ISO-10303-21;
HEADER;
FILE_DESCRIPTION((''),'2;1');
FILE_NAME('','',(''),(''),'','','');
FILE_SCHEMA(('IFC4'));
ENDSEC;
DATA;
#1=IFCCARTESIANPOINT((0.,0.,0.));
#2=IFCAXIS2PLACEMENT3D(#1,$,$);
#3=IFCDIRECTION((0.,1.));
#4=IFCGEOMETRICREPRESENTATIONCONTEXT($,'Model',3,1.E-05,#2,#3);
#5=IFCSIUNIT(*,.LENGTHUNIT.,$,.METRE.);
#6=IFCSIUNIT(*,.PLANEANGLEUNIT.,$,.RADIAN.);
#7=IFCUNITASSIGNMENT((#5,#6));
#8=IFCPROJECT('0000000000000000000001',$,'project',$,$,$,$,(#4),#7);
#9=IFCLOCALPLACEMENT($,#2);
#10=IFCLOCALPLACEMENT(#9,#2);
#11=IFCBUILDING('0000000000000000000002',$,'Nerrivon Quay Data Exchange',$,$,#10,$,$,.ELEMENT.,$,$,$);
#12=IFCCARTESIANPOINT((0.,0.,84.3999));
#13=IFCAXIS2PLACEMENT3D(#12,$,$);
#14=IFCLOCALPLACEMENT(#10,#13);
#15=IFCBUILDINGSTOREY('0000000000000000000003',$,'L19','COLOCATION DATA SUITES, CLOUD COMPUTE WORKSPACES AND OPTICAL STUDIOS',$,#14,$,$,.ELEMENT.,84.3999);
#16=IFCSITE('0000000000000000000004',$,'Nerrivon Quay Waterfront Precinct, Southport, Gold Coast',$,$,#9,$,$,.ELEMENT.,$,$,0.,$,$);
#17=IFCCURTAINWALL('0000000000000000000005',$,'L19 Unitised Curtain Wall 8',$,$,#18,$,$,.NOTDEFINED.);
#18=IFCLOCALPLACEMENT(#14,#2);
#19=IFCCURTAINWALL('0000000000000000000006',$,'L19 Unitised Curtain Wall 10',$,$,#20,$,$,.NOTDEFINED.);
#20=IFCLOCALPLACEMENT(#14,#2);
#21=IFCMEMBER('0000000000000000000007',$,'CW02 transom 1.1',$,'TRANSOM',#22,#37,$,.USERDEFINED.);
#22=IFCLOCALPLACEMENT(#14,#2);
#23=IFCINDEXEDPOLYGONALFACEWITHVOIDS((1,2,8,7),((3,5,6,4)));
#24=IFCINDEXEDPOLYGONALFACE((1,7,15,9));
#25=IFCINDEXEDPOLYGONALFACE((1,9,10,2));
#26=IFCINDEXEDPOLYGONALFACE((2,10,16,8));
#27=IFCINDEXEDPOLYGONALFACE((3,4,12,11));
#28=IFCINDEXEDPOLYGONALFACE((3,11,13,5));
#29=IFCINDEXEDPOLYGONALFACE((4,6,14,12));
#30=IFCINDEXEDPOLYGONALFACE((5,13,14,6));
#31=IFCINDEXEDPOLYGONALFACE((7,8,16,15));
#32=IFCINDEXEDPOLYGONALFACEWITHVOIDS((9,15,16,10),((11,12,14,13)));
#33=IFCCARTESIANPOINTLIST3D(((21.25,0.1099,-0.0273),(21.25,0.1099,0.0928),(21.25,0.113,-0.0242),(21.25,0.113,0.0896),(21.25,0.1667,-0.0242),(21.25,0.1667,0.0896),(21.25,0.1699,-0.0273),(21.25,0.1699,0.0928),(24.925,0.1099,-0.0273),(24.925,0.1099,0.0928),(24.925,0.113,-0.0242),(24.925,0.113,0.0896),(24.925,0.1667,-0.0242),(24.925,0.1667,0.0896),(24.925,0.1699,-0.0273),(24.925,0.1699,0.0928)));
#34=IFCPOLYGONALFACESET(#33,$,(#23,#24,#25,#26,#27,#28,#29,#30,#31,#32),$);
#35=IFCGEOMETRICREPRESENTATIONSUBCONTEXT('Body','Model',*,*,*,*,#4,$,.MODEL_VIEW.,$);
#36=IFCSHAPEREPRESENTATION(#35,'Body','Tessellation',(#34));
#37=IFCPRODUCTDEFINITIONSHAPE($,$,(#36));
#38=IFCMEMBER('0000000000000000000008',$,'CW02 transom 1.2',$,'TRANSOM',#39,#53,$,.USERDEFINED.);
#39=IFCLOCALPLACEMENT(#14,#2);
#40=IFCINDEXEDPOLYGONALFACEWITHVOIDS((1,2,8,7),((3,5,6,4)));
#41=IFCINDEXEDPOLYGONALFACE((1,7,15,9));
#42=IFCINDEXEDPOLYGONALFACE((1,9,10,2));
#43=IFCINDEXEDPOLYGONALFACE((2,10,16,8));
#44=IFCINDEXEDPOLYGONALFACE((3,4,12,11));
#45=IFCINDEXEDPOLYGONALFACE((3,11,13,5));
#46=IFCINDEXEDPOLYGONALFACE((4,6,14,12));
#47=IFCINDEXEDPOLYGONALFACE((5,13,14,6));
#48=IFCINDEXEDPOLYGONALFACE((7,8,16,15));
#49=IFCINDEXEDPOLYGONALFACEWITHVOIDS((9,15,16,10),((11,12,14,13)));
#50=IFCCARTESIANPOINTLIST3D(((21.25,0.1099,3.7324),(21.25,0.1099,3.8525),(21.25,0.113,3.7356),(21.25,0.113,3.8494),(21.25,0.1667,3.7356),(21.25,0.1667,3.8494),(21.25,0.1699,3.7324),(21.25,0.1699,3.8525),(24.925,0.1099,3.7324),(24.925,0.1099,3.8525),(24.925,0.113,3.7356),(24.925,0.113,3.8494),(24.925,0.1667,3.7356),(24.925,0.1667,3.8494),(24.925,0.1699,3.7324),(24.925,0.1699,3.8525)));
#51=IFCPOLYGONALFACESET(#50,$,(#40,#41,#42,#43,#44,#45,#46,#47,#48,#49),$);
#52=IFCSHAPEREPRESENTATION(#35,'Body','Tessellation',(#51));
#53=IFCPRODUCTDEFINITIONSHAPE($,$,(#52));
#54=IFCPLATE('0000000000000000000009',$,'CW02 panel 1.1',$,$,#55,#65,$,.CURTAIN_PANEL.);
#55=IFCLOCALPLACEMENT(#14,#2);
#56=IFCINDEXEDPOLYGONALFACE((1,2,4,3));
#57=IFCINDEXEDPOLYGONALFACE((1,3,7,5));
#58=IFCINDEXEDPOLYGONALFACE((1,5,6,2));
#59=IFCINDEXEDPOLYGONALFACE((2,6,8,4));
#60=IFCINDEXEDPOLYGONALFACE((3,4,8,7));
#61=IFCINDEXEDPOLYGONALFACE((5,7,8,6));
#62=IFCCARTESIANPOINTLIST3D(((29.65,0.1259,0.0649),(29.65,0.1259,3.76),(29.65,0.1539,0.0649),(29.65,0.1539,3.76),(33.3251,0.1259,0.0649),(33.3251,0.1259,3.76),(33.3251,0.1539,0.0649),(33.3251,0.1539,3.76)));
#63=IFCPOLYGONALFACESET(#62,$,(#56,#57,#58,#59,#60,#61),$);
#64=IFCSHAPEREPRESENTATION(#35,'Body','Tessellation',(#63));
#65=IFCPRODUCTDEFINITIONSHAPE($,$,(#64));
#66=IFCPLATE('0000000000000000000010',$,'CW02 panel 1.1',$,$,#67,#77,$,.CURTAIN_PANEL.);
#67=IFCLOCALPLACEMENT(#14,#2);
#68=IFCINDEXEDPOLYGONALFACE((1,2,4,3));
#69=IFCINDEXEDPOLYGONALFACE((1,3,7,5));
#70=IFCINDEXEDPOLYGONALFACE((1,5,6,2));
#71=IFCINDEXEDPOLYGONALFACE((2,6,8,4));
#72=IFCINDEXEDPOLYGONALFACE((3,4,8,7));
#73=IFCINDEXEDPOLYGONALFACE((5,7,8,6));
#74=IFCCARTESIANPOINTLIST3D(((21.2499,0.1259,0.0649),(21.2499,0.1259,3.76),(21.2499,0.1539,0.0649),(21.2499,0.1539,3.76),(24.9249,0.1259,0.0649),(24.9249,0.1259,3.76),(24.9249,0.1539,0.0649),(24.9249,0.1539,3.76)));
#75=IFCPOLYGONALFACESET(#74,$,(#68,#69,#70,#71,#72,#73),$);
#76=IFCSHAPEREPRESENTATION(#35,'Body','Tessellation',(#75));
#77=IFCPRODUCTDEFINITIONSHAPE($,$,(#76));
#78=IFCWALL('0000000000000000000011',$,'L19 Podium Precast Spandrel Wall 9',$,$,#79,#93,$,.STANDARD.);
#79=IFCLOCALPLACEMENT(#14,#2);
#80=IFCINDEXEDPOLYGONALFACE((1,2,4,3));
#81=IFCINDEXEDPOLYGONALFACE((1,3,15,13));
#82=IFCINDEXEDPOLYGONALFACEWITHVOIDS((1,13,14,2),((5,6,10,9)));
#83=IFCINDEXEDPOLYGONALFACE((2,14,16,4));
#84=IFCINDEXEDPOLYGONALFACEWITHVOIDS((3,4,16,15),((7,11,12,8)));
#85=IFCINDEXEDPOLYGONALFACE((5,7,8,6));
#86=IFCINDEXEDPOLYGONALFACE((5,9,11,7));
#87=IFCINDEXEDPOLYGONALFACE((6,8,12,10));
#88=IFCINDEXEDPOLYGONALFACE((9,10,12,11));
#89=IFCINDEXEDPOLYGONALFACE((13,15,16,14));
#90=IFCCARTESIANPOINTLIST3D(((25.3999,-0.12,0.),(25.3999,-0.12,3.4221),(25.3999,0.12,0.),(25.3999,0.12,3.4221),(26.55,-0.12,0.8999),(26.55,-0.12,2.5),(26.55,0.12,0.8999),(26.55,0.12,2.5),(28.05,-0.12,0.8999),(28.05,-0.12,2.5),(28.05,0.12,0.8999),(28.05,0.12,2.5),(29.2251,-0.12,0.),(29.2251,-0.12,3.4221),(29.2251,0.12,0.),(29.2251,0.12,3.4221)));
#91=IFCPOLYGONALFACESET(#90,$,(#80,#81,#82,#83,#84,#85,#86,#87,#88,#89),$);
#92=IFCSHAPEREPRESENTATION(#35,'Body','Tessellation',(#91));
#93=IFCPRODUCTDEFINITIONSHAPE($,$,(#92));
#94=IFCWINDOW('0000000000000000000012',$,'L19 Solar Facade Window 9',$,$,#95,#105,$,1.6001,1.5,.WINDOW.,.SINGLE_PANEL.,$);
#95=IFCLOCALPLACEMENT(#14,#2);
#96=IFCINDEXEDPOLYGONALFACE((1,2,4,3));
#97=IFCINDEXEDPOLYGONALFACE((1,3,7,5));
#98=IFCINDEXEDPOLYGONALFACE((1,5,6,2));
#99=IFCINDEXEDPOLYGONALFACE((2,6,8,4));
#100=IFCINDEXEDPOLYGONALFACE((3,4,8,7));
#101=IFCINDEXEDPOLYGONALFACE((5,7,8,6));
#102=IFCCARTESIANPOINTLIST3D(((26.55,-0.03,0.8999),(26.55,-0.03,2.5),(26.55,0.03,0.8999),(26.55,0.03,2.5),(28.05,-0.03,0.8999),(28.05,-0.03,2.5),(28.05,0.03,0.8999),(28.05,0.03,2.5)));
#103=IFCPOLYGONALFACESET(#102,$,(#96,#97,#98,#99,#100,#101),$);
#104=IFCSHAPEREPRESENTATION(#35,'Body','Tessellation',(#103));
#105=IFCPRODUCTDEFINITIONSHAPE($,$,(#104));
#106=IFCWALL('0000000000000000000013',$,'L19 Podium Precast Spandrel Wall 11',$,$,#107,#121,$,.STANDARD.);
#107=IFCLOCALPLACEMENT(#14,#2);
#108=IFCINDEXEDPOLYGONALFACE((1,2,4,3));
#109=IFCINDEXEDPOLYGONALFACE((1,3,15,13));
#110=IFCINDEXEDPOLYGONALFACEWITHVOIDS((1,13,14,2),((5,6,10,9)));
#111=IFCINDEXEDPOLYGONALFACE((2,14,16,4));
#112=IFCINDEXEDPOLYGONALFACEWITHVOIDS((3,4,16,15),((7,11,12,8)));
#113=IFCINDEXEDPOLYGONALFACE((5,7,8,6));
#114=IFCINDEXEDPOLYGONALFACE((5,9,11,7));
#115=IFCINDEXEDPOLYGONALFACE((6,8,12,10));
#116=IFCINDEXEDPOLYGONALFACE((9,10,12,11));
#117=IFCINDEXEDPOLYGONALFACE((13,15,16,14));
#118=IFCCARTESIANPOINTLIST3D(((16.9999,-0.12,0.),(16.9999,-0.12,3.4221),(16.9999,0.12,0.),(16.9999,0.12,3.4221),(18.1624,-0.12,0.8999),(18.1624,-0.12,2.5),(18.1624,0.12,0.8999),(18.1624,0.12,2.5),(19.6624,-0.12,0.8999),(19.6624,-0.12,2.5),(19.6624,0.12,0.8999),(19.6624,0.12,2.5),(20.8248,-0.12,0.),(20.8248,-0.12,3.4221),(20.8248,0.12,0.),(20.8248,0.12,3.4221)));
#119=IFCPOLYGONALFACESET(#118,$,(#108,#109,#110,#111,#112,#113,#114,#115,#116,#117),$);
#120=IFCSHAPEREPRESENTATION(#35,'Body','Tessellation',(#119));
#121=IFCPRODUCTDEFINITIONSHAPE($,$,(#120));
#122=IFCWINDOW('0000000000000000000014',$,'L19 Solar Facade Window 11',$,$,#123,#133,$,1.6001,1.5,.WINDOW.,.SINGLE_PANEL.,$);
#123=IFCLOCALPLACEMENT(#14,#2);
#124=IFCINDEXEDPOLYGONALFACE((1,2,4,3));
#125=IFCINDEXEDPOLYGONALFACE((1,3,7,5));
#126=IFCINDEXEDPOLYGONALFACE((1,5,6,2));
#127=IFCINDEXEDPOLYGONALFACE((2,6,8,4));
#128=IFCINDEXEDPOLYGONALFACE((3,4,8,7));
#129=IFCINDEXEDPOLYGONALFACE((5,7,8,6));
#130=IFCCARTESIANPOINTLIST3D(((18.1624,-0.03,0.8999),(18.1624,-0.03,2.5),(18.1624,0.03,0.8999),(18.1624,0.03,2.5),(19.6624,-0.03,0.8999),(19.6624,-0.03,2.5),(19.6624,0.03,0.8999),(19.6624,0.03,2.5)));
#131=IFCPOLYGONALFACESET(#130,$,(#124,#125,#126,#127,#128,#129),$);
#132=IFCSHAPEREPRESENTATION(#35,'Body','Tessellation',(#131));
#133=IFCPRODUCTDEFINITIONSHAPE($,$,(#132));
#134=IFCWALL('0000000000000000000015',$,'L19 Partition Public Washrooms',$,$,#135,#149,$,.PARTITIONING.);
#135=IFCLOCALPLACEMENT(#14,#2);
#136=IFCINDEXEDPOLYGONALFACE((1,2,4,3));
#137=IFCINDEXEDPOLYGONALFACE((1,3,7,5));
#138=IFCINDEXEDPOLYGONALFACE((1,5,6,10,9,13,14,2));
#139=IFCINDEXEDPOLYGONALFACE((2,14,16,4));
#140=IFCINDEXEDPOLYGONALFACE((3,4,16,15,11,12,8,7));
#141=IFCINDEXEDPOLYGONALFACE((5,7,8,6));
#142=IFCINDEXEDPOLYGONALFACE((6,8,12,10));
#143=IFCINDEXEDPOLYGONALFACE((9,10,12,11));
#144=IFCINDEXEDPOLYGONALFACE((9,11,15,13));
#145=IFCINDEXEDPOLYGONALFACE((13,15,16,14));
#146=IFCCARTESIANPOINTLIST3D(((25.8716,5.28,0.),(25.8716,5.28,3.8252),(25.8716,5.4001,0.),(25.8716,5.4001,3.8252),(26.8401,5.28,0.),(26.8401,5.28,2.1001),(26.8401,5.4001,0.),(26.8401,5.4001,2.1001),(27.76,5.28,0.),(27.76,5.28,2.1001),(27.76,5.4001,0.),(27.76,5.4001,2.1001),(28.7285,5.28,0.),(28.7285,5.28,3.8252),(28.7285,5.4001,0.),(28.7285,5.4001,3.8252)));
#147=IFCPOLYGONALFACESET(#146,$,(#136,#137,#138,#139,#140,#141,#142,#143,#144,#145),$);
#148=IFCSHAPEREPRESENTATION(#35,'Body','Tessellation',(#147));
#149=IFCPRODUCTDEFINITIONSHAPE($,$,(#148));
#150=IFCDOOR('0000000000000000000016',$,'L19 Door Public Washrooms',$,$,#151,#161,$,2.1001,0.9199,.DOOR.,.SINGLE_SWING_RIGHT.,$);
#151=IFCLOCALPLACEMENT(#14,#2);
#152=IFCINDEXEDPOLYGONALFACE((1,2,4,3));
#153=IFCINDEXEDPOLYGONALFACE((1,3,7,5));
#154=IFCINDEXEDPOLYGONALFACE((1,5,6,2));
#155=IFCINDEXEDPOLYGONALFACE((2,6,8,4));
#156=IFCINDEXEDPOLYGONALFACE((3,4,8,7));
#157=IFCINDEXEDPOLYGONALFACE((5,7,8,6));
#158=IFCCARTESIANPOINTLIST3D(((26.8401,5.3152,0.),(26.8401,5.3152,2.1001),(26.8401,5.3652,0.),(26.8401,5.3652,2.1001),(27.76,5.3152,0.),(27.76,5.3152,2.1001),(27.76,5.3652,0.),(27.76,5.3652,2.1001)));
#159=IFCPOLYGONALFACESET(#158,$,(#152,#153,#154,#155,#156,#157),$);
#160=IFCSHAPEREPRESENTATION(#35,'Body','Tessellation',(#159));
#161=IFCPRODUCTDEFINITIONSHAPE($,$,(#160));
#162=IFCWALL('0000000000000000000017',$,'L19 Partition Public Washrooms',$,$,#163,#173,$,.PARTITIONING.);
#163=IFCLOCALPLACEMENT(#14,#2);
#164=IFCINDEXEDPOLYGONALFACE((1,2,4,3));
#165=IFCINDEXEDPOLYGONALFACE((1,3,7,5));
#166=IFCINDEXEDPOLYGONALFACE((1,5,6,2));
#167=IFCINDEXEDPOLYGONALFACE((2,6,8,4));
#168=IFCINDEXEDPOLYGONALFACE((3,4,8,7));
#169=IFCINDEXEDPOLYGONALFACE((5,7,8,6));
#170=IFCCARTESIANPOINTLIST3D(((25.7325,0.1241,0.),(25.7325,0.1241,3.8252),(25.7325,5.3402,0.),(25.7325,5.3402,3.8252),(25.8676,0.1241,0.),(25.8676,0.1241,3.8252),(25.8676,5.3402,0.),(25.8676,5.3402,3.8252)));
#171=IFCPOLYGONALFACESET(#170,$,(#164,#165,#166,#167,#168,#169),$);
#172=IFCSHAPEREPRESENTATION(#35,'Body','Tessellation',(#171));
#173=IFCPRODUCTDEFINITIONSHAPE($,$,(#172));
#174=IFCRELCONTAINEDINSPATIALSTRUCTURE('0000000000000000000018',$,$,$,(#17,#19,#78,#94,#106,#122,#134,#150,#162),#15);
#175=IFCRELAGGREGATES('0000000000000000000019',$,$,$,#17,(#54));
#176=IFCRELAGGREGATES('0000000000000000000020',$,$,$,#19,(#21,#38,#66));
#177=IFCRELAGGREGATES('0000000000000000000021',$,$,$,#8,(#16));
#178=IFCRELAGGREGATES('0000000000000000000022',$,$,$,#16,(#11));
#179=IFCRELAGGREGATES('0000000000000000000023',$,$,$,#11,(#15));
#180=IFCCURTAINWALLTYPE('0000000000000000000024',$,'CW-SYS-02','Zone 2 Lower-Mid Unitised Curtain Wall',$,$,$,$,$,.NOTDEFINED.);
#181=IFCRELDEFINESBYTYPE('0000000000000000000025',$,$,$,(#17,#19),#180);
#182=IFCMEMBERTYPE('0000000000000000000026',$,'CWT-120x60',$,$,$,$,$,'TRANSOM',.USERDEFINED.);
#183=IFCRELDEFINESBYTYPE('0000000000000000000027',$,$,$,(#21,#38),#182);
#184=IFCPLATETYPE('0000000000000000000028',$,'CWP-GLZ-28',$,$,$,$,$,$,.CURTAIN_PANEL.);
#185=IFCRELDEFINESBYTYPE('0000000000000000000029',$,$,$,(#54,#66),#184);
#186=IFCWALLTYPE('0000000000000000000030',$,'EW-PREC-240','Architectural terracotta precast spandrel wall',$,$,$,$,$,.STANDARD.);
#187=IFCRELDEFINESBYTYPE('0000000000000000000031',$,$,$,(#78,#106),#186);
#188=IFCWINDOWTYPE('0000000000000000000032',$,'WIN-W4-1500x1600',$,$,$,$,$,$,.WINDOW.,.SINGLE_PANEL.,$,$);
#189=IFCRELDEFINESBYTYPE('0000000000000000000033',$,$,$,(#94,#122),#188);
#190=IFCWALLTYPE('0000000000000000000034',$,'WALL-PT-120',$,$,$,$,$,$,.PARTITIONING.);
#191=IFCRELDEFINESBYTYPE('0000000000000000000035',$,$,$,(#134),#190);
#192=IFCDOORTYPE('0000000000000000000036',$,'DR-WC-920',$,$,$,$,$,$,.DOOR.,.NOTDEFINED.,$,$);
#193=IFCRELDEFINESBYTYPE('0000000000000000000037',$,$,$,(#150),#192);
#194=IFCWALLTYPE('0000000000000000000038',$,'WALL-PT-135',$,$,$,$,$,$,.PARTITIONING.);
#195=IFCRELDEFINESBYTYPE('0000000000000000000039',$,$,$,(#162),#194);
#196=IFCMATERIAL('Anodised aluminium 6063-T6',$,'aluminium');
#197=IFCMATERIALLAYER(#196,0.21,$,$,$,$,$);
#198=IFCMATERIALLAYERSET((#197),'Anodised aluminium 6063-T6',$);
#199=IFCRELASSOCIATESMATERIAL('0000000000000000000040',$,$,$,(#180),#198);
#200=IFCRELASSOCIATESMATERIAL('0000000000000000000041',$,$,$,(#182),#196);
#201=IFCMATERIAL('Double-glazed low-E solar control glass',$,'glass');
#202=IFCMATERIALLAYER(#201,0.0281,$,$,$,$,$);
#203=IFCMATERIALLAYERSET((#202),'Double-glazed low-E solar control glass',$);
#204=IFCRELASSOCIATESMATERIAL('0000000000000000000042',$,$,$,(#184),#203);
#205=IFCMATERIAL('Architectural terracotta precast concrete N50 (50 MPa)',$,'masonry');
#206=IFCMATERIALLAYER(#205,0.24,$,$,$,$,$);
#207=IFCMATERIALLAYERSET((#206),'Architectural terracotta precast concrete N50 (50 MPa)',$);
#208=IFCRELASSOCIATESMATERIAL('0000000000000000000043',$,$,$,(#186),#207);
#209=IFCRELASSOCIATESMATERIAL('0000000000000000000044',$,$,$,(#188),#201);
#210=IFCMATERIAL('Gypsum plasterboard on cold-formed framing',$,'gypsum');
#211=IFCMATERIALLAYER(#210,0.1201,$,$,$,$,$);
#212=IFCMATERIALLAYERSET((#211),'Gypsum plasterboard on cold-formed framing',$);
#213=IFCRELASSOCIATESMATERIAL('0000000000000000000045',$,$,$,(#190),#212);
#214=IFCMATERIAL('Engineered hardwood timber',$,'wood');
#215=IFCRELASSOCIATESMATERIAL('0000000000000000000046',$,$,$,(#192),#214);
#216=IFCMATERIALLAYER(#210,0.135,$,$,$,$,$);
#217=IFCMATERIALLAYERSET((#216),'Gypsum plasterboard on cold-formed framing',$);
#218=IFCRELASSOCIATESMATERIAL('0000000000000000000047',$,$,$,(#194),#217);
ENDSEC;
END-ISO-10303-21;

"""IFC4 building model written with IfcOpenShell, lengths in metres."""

from ifc_helpers import new_model, si_unit, direction, frame, frame_2d, origin, origin_2d, place, context, subcontext, project, spatial, rectangle, hollow_rectangle, extrude, material, layer, layer_set, material_profile, profile_set, type_object, element, fill, aggregate, save


model = new_model("IFC4")

# Units and contexts
model_context = context("Model", 3, precision=1e-05, world=origin(), true_north=direction((0.0, 1.0)))
body_context = subcontext(model_context, "Body", "Model", "MODEL_VIEW")
ifc_project = project(units=[si_unit("LENGTHUNIT", "METRE"), si_unit("PLANEANGLEUNIT", "RADIAN")], contexts=[model_context])

# Site, building, storey
site_placement = place(None, origin())
site = spatial("IfcSite", under=ifc_project, at=site_placement, Name="Nerrivon Quay Waterfront Precinct, Southport, Gold Coast", CompositionType="ELEMENT", RefElevation=0.0)
building_placement = place(site_placement, origin())
building = spatial("IfcBuilding", under=site, at=building_placement, Name="Nerrivon Quay Data Exchange", CompositionType="ELEMENT")
storey_placement = place(building_placement, frame((0.0, 0.0, 84.3999)))
storey = spatial("IfcBuildingStorey", under=building, at=storey_placement, Name="L19", Description="COLOCATION DATA SUITES, CLOUD COMPUTE WORKSPACES AND OPTICAL STUDIOS", CompositionType="ELEMENT", Elevation=84.3999)

# Curtain wall
ifc_material_1 = material(Name="Anodised aluminium 6063-T6", Category="aluminium")
ifc_layer_1 = layer(ifc_material_1, 0.21)
ifc_layer_set_1 = layer_set([ifc_layer_1], Name="Anodised aluminium 6063-T6")
curtain_wall_type = type_object("IfcCurtainWallType", Name="CW-SYS-02", Description="Zone 2 Lower-Mid Unitised Curtain Wall", PredefinedType="NOTDEFINED", material=ifc_layer_set_1)
curtain_wall_1_placement = place(storey_placement, origin())
curtain_wall_1 = element("IfcCurtainWall", 1, at=curtain_wall_1_placement, inside=storey, type_object=curtain_wall_type, Name="L19 Unitised Curtain Wall 8", PredefinedType="NOTDEFINED")

# Curtain wall
curtain_wall_2_placement = place(storey_placement, origin())
curtain_wall_2 = element("IfcCurtainWall", 2, at=curtain_wall_2_placement, inside=storey, type_object=curtain_wall_type, Name="L19 Unitised Curtain Wall 10", PredefinedType="NOTDEFINED")

# Members
ifc_material_profile_1 = material_profile(ifc_material_1, hollow_rectangle(XDim=0.0601, YDim=0.1201, WallThickness=0.0032, at=origin_2d()), Name="ALU-TRAN-120x60")
ifc_profile_set_1 = profile_set([ifc_material_profile_1], Name="Anodised aluminium 6063-T6")
member_type_1 = type_object("IfcMemberType", Name="CWT-120x60", ElementType="TRANSOM", PredefinedType="USERDEFINED", material=ifc_profile_set_1)
member_1_placement = place(storey_placement, frame((24.925, 0.1399, 0.0327), z_axis=(-1.0, 0.0, 0.0), x_axis=(0.0, -1.0, 0.0)))
member_1 = element("IfcMember", 3, at=member_1_placement, type_object=member_type_1, Name="CW02 transom 1.1", ObjectType="TRANSOM", PredefinedType="USERDEFINED", context=body_context, shape_type="SweptSolid", body=[
    extrude(hollow_rectangle(XDim=0.0601, YDim=0.1201, WallThickness=0.0032, at=origin_2d()), origin(), (0.0, 0.0, 1.0), 3.675),
])
member_2_placement = place(storey_placement, frame((24.925, 0.1399, 3.7925), z_axis=(-1.0, 0.0, 0.0), x_axis=(0.0, -1.0, 0.0)))
member_2 = element("IfcMember", 4, at=member_2_placement, type_object=member_type_1, Name="CW02 transom 1.2", ObjectType="TRANSOM", PredefinedType="USERDEFINED", context=body_context, shape_type="SweptSolid", body=[
    extrude(hollow_rectangle(XDim=0.0601, YDim=0.1201, WallThickness=0.0032, at=origin_2d()), origin(), (0.0, 0.0, 1.0), 3.675),
])

# Plates
ifc_material_2 = material(Name="Double-glazed low-E solar control glass", Category="glass")
ifc_layer_2 = layer(ifc_material_2, 0.0281)
ifc_layer_set_2 = layer_set([ifc_layer_2], Name="Double-glazed low-E solar control glass")
plate_type = type_object("IfcPlateType", Name="CWP-GLZ-28", PredefinedType="CURTAIN_PANEL", material=ifc_layer_set_2)
plate_1_placement = place(storey_placement, frame((31.4875, 0.1399, 0.0649), z_axis=(0.0, 0.0, 1.0), x_axis=(-1.0, 0.0, 0.0)))
plate_1 = element("IfcPlate", 5, at=plate_1_placement, type_object=plate_type, Name="CW02 panel 1.1", PredefinedType="CURTAIN_PANEL", context=body_context, shape_type="SweptSolid", body=[
    extrude(rectangle(XDim=3.675, YDim=0.0281, at=origin_2d()), origin(), (0.0, 0.0, 1.0), 3.6951),
])
aggregate(curtain_wall_1, [plate_1])
plate_2_placement = place(storey_placement, frame((23.0874, 0.1399, 0.0649), z_axis=(0.0, 0.0, 1.0), x_axis=(-1.0, 0.0, 0.0)))
plate_2 = element("IfcPlate", 6, at=plate_2_placement, type_object=plate_type, Name="CW02 panel 1.1", PredefinedType="CURTAIN_PANEL", context=body_context, shape_type="SweptSolid", body=[
    extrude(rectangle(XDim=3.675, YDim=0.0281, at=origin_2d()), origin(), (0.0, 0.0, 1.0), 3.6951),
])
aggregate(curtain_wall_2, [member_1, member_2, plate_2])

# Walls, openings, windows
ifc_material_3 = material(Name="Architectural terracotta precast concrete N50 (50 MPa)", Category="masonry")
ifc_layer_3 = layer(ifc_material_3, 0.24)
ifc_layer_set_3 = layer_set([ifc_layer_3], Name="Architectural terracotta precast concrete N50 (50 MPa)")
wall_type_1 = type_object("IfcWallType", Name="EW-PREC-240", Description="Architectural terracotta precast spandrel wall", PredefinedType="STANDARD", material=ifc_layer_set_3)
wall_1_placement = place(storey_placement, frame((29.2251, 0.0, 0.0), z_axis=(0.0, 0.0, 1.0), x_axis=(-1.0, 0.0, 0.0)))
wall_1 = element("IfcWall", 7, at=wall_1_placement, inside=storey, type_object=wall_type_1, Name="L19 Podium Precast Spandrel Wall 9", PredefinedType="STANDARD", context=body_context, shape_type="SweptSolid", body=[
    extrude(rectangle(XDim=3.8252, YDim=0.24, at=frame_2d((1.9126, 0.0))), origin(), (0.0, 0.0, 1.0), 3.4221),
])
opening_1_placement = place(wall_1_placement, frame((1.175, 0.0, 0.8999)))
opening_1 = element("IfcOpeningElement", 8, at=opening_1_placement, cuts=wall_1, PredefinedType="OPENING", context=body_context, shape_type="SweptSolid", body=[
    extrude(rectangle(XDim=1.5, YDim=1.6001, at=frame_2d((0.75, 0.8))), frame((0.0, 0.1299, 0.0), z_axis=(0.0, -1.0, 0.0), x_axis=(1.0, 0.0, 0.0)), (0.0, 0.0, 1.0), 0.26),
])
window_type = type_object("IfcWindowType", Name="WIN-W4-1500x1600", PartitioningType="SINGLE_PANEL", PredefinedType="WINDOW", material=ifc_material_2)
window_1_placement = place(opening_1_placement, origin())
window_1 = element("IfcWindow", 9, at=window_1_placement, inside=storey, type_object=window_type, Name="L19 Solar Facade Window 9", OverallHeight=1.6001, OverallWidth=1.5, PartitioningType="SINGLE_PANEL", PredefinedType="WINDOW", context=body_context, shape_type="SweptSolid", body=[
    extrude(rectangle(XDim=1.5, YDim=1.6001, at=frame_2d((0.75, 0.8))), frame((0.0, 0.03, 0.0), z_axis=(0.0, -1.0, 0.0), x_axis=(1.0, 0.0, 0.0)), (0.0, 0.0, 1.0), 0.0601),
])
fill(opening_1, window_1)
wall_2_placement = place(storey_placement, frame((20.825, 0.0, 0.0), z_axis=(0.0, 0.0, 1.0), x_axis=(-1.0, 0.0, 0.0)))
wall_2 = element("IfcWall", 10, at=wall_2_placement, inside=storey, type_object=wall_type_1, Name="L19 Podium Precast Spandrel Wall 11", PredefinedType="STANDARD", context=body_context, shape_type="SweptSolid", body=[
    extrude(rectangle(XDim=3.825, YDim=0.24, at=frame_2d((1.9126, 0.0))), origin(), (0.0, 0.0, 1.0), 3.4221),
])
opening_2_placement = place(wall_2_placement, frame((1.1626, 0.0, 0.8999)))
opening_2 = element("IfcOpeningElement", 11, at=opening_2_placement, cuts=wall_2, PredefinedType="OPENING", context=body_context, shape_type="SweptSolid", body=[
    extrude(rectangle(XDim=1.5, YDim=1.6001, at=frame_2d((0.75, 0.8))), frame((0.0, 0.1299, 0.0), z_axis=(0.0, -1.0, 0.0), x_axis=(1.0, 0.0, 0.0)), (0.0, 0.0, 1.0), 0.26),
])
window_2_placement = place(opening_2_placement, origin())
window_2 = element("IfcWindow", 12, at=window_2_placement, inside=storey, type_object=window_type, Name="L19 Solar Facade Window 11", OverallHeight=1.6001, OverallWidth=1.5, PartitioningType="SINGLE_PANEL", PredefinedType="WINDOW", context=body_context, shape_type="SweptSolid", body=[
    extrude(rectangle(XDim=1.5, YDim=1.6001, at=frame_2d((0.75, 0.8))), frame((0.0, 0.03, 0.0), z_axis=(0.0, -1.0, 0.0), x_axis=(1.0, 0.0, 0.0)), (0.0, 0.0, 1.0), 0.0601),
])
fill(opening_2, window_2)

# Wall, opening, door
ifc_material_4 = material(Name="Gypsum plasterboard on cold-formed framing", Category="gypsum")
ifc_layer_4 = layer(ifc_material_4, 0.1201)
ifc_layer_set_4 = layer_set([ifc_layer_4], Name="Gypsum plasterboard on cold-formed framing")
wall_type_2 = type_object("IfcWallType", Name="WALL-PT-120", PredefinedType="PARTITIONING", material=ifc_layer_set_4)
wall_3_placement = place(storey_placement, frame((28.7285, 5.3401, 0.0), z_axis=(0.0, 0.0, 1.0), x_axis=(-1.0, 0.0, 0.0)))
wall_3 = element("IfcWall", 13, at=wall_3_placement, inside=storey, type_object=wall_type_2, Name="L19 Partition Public Washrooms", PredefinedType="PARTITIONING", context=body_context, shape_type="SweptSolid", body=[
    extrude(rectangle(XDim=2.8569, YDim=0.1201, at=frame_2d((1.4285, 0.0))), origin(), (0.0, 0.0, 1.0), 3.8252),
])
opening_3_placement = place(wall_3_placement, frame((0.9685, 0.0, 0.0)))
opening_3 = element("IfcOpeningElement", 14, at=opening_3_placement, cuts=wall_3, PredefinedType="OPENING", context=body_context, shape_type="SweptSolid", body=[
    extrude(rectangle(XDim=0.9199, YDim=2.1001, at=frame_2d((0.46, 1.05))), frame((0.0, 0.0701, 0.0), z_axis=(0.0, -1.0, 0.0), x_axis=(1.0, 0.0, 0.0)), (0.0, 0.0, 1.0), 0.1401),
])
ifc_material_5 = material(Name="Engineered hardwood timber", Category="wood")
door_type_1 = type_object("IfcDoorType", Name="DR-WC-920", OperationType="NOTDEFINED", PredefinedType="DOOR", material=ifc_material_5)
door_1_placement = place(opening_3_placement, origin())
door_1 = element("IfcDoor", 15, at=door_1_placement, inside=storey, type_object=door_type_1, Name="L19 Door Public Washrooms", OperationType="SINGLE_SWING_RIGHT", OverallHeight=2.1001, OverallWidth=0.9199, PredefinedType="DOOR", context=body_context, shape_type="SweptSolid", body=[
    extrude(rectangle(XDim=0.9199, YDim=2.1001, at=frame_2d((0.46, 1.05))), frame((0.0, 0.0249, 0.0), z_axis=(0.0, -1.0, 0.0), x_axis=(1.0, 0.0, 0.0)), (0.0, 0.0, 1.0), 0.05),
])
fill(opening_3, door_1)

# Wall
ifc_layer_5 = layer(ifc_material_4, 0.135)
ifc_layer_set_5 = layer_set([ifc_layer_5], Name="Gypsum plasterboard on cold-formed framing")
wall_type_3 = type_object("IfcWallType", Name="WALL-PT-135", PredefinedType="PARTITIONING", material=ifc_layer_set_5)
for number, where, z_axis, x_axis, name in (
    (16, (25.8, 5.3401, 0.0), (0.0, 0.0, 1.0), (0.0, -1.0, 0.0), "L19 Partition Public Washrooms"),
):
    element("IfcWall", number, at=place(storey_placement, frame(where, z_axis=z_axis, x_axis=x_axis)), inside=storey, type_object=wall_type_3, Name=name, PredefinedType="PARTITIONING", context=body_context, shape_type="SweptSolid", body=[
        extrude(rectangle(XDim=5.2161, YDim=0.135, at=frame_2d((2.6079, 0.0))), origin(), (0.0, 0.0, 1.0), 3.8252),
    ])

save(model, "model.ifc")
